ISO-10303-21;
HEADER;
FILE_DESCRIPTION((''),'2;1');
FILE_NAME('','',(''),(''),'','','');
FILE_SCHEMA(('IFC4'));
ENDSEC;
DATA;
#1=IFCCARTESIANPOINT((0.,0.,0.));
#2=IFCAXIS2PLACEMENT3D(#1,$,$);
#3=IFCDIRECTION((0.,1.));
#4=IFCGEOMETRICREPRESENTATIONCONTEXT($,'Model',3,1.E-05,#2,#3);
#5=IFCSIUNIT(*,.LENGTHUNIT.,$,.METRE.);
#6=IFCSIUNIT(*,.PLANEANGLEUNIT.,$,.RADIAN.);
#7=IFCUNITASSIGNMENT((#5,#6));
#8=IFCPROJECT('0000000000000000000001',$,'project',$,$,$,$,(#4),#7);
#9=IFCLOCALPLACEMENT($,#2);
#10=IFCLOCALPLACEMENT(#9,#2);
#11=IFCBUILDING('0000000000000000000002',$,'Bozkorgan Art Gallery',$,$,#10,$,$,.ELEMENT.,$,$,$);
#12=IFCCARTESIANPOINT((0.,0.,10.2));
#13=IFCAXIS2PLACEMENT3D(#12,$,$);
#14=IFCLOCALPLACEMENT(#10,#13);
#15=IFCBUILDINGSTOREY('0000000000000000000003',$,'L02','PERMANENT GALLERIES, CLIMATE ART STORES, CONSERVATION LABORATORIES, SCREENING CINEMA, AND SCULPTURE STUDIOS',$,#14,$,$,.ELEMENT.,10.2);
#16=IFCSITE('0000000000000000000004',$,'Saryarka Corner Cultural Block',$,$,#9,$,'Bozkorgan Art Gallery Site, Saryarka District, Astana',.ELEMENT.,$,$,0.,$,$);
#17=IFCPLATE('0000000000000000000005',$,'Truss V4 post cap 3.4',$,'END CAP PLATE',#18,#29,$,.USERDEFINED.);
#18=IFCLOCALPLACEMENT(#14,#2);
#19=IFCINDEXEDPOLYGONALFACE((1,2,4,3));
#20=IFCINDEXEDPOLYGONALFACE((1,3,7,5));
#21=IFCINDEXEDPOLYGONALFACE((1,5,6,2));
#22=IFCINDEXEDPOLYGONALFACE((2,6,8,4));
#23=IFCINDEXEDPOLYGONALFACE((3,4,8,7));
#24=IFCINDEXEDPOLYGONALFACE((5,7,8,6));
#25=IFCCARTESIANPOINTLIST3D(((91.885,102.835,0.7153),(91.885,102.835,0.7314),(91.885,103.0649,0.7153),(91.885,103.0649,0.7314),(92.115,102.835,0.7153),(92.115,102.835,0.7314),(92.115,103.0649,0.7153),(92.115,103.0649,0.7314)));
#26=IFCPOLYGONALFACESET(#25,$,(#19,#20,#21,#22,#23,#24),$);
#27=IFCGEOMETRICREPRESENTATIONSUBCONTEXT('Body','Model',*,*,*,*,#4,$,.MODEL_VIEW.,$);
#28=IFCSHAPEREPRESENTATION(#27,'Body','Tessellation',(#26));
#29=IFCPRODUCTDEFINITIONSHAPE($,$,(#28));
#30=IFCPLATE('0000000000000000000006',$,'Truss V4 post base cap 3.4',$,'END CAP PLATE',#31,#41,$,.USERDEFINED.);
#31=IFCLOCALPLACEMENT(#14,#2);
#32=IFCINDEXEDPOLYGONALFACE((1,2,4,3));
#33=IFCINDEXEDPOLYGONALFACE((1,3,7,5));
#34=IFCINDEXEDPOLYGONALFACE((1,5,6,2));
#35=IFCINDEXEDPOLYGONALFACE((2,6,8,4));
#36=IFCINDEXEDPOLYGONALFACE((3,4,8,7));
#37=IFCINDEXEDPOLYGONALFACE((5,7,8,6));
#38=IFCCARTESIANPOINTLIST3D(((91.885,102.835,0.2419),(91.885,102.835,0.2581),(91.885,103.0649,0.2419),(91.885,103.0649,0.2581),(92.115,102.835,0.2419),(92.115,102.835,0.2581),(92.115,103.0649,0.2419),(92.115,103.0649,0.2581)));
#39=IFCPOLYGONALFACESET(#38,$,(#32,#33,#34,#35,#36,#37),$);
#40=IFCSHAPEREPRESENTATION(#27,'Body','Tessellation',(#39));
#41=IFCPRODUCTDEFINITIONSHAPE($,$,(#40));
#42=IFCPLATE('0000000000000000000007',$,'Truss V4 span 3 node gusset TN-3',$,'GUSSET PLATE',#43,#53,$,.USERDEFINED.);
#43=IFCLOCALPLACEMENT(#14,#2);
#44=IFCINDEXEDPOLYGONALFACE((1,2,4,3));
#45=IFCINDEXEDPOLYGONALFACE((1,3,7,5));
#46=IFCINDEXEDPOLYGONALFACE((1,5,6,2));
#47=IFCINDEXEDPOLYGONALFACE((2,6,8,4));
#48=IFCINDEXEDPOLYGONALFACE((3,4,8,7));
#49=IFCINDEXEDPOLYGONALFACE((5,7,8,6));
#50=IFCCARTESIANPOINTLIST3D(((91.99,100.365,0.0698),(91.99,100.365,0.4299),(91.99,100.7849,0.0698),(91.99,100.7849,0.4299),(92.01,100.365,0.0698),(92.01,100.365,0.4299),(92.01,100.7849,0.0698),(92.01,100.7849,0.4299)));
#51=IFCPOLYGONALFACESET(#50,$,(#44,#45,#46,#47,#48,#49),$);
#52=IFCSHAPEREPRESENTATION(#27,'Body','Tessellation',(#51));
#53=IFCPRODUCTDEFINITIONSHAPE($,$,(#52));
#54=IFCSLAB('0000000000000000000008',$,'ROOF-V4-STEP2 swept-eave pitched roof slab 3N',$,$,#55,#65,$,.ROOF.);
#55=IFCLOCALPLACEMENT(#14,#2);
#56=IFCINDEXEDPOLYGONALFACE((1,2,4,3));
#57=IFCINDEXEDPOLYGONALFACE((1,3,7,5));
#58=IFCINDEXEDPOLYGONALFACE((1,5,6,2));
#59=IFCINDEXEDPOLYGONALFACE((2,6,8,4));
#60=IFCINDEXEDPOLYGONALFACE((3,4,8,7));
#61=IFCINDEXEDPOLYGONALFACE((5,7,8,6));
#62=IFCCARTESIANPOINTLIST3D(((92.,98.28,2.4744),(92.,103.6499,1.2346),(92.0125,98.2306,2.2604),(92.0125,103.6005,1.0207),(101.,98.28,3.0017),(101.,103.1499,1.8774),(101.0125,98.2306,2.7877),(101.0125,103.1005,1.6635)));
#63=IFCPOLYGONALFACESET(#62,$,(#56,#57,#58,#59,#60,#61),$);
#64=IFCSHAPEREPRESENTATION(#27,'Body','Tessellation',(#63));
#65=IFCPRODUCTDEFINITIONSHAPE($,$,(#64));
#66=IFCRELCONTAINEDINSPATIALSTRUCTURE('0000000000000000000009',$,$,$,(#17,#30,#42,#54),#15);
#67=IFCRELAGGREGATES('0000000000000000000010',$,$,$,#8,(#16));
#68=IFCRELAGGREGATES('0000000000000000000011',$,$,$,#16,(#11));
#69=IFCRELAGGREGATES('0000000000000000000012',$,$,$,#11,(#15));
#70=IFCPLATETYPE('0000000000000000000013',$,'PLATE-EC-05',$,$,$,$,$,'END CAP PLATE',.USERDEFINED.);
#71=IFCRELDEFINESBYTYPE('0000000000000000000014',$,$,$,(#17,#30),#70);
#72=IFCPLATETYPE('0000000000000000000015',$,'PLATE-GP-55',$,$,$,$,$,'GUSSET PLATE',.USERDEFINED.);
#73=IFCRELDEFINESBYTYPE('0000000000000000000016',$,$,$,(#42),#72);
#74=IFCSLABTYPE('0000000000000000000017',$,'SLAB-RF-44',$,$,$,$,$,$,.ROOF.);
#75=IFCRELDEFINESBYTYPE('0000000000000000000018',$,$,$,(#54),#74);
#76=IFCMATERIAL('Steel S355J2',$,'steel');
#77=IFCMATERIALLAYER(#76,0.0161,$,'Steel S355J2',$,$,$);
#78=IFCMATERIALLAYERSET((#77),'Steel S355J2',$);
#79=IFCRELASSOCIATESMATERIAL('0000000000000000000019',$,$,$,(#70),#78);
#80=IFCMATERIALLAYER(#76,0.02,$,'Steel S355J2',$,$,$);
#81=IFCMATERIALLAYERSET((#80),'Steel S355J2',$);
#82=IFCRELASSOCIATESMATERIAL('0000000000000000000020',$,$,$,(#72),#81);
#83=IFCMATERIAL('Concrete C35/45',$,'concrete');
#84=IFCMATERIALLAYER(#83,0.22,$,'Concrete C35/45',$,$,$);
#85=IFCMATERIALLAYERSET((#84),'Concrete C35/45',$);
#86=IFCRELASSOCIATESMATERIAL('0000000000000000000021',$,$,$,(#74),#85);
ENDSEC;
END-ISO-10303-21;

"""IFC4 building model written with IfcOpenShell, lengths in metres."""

from ifc_helpers import new_model, si_unit, direction, frame, origin, origin_2d, place, context, subcontext, project, spatial, polyline, rectangle, outline, extrude, material, layer, layer_set, type_object, element, save


model = new_model("IFC4")

# Units and contexts
model_context = context("Model", 3, precision=1e-05, world=origin(), true_north=direction((0.0, 1.0)))
body_context = subcontext(model_context, "Body", "Model", "MODEL_VIEW")
ifc_project = project(units=[si_unit("LENGTHUNIT", "METRE"), si_unit("PLANEANGLEUNIT", "RADIAN")], contexts=[model_context])

# Site, building, storey
site_placement = place(None, origin())
site = spatial("IfcSite", under=ifc_project, at=site_placement, Name="Saryarka Corner Cultural Block", LongName="Bozkorgan Art Gallery Site, Saryarka District, Astana", CompositionType="ELEMENT", RefElevation=0.0)
building_placement = place(site_placement, origin())
building = spatial("IfcBuilding", under=site, at=building_placement, Name="Bozkorgan Art Gallery", CompositionType="ELEMENT")
storey_placement = place(building_placement, frame((0.0, 0.0, 10.2)))
storey = spatial("IfcBuildingStorey", under=building, at=storey_placement, Name="L02", Description="PERMANENT GALLERIES, CLIMATE ART STORES, CONSERVATION LABORATORIES, SCREENING CINEMA, AND SCULPTURE STUDIOS", CompositionType="ELEMENT", Elevation=10.2)

# Shared definitions
ifc_material_1 = material(Name="Steel S355J2", Category="steel")

# Plates
ifc_layer_1 = layer(ifc_material_1, 0.0161, Name="Steel S355J2")
ifc_layer_set_1 = layer_set([ifc_layer_1], Name="Steel S355J2")
plate_type_1 = type_object("IfcPlateType", Name="PLATE-EC-05", ElementType="END CAP PLATE", PredefinedType="USERDEFINED", material=ifc_layer_set_1)
for number, where, z_axis, x_axis, name in (
    (1, (92.0, 102.95, 0.7153), (0.0, 0.0, 1.0), (1.0, 0.0, 0.0), "Truss V4 post cap 3.4"),
    (2, (92.0, 102.95, 0.2419), (0.0, 0.0, 1.0), (1.0, 0.0, 0.0), "Truss V4 post base cap 3.4"),
):
    element("IfcPlate", number, at=place(storey_placement, frame(where, z_axis=z_axis, x_axis=x_axis)), inside=storey, type_object=plate_type_1, Name=name, ObjectType="END CAP PLATE", PredefinedType="USERDEFINED", context=body_context, shape_type="SweptSolid", body=[
        extrude(rectangle(XDim=0.23, YDim=0.23, at=origin_2d()), origin(), (0.0, 0.0, 1.0), 0.0161),
    ])
ifc_layer_2 = layer(ifc_material_1, 0.02, Name="Steel S355J2")
ifc_layer_set_2 = layer_set([ifc_layer_2], Name="Steel S355J2")
plate_type_2 = type_object("IfcPlateType", Name="PLATE-GP-55", ElementType="GUSSET PLATE", PredefinedType="USERDEFINED", material=ifc_layer_set_2)
plate_1_placement = place(storey_placement, frame((92.0, 100.575, 0.0698), z_axis=(0.0, 0.0, 1.0), x_axis=(1.0, 0.0, 0.0)))
element("IfcPlate", 3, at=plate_1_placement, inside=storey, type_object=plate_type_2, Name="Truss V4 span 3 node gusset TN-3", ObjectType="GUSSET PLATE", PredefinedType="USERDEFINED", context=body_context, shape_type="SweptSolid", body=[
    extrude(rectangle(XDim=0.02, YDim=0.4199, at=origin_2d()), origin(), (0.0, 0.0, 1.0), 0.3601),
])

# Slab
ifc_material_2 = material(Name="Concrete C35/45", Category="concrete")
ifc_layer_3 = layer(ifc_material_2, 0.22, Name="Concrete C35/45")
ifc_layer_set_3 = layer_set([ifc_layer_3], Name="Concrete C35/45")
slab_type = type_object("IfcSlabType", Name="SLAB-RF-44", PredefinedType="ROOF", material=ifc_layer_set_3)
slab_placement = place(storey_placement, frame((92.0, 98.28, 2.4744), z_axis=(-0.057002, 0.224584, 0.972786), x_axis=(0.998288, 0.000001, 0.058496)))
element("IfcSlab", 4, at=slab_placement, inside=storey, type_object=slab_type, Name="ROOF-V4-STEP2 swept-eave pitched roof slab 3N", PredefinedType="ROOF", context=body_context, shape_type="SweptSolid", body=[
    extrude(outline(polyline([(0.0, 0.0), (9.0154, 0.0), (8.9497, 4.9975), (-0.0725, 5.5106), (0.0, 0.0)])), origin(), (0.0, 0.0, -1.0), 0.22),
])

save(model, "model.ifc")
